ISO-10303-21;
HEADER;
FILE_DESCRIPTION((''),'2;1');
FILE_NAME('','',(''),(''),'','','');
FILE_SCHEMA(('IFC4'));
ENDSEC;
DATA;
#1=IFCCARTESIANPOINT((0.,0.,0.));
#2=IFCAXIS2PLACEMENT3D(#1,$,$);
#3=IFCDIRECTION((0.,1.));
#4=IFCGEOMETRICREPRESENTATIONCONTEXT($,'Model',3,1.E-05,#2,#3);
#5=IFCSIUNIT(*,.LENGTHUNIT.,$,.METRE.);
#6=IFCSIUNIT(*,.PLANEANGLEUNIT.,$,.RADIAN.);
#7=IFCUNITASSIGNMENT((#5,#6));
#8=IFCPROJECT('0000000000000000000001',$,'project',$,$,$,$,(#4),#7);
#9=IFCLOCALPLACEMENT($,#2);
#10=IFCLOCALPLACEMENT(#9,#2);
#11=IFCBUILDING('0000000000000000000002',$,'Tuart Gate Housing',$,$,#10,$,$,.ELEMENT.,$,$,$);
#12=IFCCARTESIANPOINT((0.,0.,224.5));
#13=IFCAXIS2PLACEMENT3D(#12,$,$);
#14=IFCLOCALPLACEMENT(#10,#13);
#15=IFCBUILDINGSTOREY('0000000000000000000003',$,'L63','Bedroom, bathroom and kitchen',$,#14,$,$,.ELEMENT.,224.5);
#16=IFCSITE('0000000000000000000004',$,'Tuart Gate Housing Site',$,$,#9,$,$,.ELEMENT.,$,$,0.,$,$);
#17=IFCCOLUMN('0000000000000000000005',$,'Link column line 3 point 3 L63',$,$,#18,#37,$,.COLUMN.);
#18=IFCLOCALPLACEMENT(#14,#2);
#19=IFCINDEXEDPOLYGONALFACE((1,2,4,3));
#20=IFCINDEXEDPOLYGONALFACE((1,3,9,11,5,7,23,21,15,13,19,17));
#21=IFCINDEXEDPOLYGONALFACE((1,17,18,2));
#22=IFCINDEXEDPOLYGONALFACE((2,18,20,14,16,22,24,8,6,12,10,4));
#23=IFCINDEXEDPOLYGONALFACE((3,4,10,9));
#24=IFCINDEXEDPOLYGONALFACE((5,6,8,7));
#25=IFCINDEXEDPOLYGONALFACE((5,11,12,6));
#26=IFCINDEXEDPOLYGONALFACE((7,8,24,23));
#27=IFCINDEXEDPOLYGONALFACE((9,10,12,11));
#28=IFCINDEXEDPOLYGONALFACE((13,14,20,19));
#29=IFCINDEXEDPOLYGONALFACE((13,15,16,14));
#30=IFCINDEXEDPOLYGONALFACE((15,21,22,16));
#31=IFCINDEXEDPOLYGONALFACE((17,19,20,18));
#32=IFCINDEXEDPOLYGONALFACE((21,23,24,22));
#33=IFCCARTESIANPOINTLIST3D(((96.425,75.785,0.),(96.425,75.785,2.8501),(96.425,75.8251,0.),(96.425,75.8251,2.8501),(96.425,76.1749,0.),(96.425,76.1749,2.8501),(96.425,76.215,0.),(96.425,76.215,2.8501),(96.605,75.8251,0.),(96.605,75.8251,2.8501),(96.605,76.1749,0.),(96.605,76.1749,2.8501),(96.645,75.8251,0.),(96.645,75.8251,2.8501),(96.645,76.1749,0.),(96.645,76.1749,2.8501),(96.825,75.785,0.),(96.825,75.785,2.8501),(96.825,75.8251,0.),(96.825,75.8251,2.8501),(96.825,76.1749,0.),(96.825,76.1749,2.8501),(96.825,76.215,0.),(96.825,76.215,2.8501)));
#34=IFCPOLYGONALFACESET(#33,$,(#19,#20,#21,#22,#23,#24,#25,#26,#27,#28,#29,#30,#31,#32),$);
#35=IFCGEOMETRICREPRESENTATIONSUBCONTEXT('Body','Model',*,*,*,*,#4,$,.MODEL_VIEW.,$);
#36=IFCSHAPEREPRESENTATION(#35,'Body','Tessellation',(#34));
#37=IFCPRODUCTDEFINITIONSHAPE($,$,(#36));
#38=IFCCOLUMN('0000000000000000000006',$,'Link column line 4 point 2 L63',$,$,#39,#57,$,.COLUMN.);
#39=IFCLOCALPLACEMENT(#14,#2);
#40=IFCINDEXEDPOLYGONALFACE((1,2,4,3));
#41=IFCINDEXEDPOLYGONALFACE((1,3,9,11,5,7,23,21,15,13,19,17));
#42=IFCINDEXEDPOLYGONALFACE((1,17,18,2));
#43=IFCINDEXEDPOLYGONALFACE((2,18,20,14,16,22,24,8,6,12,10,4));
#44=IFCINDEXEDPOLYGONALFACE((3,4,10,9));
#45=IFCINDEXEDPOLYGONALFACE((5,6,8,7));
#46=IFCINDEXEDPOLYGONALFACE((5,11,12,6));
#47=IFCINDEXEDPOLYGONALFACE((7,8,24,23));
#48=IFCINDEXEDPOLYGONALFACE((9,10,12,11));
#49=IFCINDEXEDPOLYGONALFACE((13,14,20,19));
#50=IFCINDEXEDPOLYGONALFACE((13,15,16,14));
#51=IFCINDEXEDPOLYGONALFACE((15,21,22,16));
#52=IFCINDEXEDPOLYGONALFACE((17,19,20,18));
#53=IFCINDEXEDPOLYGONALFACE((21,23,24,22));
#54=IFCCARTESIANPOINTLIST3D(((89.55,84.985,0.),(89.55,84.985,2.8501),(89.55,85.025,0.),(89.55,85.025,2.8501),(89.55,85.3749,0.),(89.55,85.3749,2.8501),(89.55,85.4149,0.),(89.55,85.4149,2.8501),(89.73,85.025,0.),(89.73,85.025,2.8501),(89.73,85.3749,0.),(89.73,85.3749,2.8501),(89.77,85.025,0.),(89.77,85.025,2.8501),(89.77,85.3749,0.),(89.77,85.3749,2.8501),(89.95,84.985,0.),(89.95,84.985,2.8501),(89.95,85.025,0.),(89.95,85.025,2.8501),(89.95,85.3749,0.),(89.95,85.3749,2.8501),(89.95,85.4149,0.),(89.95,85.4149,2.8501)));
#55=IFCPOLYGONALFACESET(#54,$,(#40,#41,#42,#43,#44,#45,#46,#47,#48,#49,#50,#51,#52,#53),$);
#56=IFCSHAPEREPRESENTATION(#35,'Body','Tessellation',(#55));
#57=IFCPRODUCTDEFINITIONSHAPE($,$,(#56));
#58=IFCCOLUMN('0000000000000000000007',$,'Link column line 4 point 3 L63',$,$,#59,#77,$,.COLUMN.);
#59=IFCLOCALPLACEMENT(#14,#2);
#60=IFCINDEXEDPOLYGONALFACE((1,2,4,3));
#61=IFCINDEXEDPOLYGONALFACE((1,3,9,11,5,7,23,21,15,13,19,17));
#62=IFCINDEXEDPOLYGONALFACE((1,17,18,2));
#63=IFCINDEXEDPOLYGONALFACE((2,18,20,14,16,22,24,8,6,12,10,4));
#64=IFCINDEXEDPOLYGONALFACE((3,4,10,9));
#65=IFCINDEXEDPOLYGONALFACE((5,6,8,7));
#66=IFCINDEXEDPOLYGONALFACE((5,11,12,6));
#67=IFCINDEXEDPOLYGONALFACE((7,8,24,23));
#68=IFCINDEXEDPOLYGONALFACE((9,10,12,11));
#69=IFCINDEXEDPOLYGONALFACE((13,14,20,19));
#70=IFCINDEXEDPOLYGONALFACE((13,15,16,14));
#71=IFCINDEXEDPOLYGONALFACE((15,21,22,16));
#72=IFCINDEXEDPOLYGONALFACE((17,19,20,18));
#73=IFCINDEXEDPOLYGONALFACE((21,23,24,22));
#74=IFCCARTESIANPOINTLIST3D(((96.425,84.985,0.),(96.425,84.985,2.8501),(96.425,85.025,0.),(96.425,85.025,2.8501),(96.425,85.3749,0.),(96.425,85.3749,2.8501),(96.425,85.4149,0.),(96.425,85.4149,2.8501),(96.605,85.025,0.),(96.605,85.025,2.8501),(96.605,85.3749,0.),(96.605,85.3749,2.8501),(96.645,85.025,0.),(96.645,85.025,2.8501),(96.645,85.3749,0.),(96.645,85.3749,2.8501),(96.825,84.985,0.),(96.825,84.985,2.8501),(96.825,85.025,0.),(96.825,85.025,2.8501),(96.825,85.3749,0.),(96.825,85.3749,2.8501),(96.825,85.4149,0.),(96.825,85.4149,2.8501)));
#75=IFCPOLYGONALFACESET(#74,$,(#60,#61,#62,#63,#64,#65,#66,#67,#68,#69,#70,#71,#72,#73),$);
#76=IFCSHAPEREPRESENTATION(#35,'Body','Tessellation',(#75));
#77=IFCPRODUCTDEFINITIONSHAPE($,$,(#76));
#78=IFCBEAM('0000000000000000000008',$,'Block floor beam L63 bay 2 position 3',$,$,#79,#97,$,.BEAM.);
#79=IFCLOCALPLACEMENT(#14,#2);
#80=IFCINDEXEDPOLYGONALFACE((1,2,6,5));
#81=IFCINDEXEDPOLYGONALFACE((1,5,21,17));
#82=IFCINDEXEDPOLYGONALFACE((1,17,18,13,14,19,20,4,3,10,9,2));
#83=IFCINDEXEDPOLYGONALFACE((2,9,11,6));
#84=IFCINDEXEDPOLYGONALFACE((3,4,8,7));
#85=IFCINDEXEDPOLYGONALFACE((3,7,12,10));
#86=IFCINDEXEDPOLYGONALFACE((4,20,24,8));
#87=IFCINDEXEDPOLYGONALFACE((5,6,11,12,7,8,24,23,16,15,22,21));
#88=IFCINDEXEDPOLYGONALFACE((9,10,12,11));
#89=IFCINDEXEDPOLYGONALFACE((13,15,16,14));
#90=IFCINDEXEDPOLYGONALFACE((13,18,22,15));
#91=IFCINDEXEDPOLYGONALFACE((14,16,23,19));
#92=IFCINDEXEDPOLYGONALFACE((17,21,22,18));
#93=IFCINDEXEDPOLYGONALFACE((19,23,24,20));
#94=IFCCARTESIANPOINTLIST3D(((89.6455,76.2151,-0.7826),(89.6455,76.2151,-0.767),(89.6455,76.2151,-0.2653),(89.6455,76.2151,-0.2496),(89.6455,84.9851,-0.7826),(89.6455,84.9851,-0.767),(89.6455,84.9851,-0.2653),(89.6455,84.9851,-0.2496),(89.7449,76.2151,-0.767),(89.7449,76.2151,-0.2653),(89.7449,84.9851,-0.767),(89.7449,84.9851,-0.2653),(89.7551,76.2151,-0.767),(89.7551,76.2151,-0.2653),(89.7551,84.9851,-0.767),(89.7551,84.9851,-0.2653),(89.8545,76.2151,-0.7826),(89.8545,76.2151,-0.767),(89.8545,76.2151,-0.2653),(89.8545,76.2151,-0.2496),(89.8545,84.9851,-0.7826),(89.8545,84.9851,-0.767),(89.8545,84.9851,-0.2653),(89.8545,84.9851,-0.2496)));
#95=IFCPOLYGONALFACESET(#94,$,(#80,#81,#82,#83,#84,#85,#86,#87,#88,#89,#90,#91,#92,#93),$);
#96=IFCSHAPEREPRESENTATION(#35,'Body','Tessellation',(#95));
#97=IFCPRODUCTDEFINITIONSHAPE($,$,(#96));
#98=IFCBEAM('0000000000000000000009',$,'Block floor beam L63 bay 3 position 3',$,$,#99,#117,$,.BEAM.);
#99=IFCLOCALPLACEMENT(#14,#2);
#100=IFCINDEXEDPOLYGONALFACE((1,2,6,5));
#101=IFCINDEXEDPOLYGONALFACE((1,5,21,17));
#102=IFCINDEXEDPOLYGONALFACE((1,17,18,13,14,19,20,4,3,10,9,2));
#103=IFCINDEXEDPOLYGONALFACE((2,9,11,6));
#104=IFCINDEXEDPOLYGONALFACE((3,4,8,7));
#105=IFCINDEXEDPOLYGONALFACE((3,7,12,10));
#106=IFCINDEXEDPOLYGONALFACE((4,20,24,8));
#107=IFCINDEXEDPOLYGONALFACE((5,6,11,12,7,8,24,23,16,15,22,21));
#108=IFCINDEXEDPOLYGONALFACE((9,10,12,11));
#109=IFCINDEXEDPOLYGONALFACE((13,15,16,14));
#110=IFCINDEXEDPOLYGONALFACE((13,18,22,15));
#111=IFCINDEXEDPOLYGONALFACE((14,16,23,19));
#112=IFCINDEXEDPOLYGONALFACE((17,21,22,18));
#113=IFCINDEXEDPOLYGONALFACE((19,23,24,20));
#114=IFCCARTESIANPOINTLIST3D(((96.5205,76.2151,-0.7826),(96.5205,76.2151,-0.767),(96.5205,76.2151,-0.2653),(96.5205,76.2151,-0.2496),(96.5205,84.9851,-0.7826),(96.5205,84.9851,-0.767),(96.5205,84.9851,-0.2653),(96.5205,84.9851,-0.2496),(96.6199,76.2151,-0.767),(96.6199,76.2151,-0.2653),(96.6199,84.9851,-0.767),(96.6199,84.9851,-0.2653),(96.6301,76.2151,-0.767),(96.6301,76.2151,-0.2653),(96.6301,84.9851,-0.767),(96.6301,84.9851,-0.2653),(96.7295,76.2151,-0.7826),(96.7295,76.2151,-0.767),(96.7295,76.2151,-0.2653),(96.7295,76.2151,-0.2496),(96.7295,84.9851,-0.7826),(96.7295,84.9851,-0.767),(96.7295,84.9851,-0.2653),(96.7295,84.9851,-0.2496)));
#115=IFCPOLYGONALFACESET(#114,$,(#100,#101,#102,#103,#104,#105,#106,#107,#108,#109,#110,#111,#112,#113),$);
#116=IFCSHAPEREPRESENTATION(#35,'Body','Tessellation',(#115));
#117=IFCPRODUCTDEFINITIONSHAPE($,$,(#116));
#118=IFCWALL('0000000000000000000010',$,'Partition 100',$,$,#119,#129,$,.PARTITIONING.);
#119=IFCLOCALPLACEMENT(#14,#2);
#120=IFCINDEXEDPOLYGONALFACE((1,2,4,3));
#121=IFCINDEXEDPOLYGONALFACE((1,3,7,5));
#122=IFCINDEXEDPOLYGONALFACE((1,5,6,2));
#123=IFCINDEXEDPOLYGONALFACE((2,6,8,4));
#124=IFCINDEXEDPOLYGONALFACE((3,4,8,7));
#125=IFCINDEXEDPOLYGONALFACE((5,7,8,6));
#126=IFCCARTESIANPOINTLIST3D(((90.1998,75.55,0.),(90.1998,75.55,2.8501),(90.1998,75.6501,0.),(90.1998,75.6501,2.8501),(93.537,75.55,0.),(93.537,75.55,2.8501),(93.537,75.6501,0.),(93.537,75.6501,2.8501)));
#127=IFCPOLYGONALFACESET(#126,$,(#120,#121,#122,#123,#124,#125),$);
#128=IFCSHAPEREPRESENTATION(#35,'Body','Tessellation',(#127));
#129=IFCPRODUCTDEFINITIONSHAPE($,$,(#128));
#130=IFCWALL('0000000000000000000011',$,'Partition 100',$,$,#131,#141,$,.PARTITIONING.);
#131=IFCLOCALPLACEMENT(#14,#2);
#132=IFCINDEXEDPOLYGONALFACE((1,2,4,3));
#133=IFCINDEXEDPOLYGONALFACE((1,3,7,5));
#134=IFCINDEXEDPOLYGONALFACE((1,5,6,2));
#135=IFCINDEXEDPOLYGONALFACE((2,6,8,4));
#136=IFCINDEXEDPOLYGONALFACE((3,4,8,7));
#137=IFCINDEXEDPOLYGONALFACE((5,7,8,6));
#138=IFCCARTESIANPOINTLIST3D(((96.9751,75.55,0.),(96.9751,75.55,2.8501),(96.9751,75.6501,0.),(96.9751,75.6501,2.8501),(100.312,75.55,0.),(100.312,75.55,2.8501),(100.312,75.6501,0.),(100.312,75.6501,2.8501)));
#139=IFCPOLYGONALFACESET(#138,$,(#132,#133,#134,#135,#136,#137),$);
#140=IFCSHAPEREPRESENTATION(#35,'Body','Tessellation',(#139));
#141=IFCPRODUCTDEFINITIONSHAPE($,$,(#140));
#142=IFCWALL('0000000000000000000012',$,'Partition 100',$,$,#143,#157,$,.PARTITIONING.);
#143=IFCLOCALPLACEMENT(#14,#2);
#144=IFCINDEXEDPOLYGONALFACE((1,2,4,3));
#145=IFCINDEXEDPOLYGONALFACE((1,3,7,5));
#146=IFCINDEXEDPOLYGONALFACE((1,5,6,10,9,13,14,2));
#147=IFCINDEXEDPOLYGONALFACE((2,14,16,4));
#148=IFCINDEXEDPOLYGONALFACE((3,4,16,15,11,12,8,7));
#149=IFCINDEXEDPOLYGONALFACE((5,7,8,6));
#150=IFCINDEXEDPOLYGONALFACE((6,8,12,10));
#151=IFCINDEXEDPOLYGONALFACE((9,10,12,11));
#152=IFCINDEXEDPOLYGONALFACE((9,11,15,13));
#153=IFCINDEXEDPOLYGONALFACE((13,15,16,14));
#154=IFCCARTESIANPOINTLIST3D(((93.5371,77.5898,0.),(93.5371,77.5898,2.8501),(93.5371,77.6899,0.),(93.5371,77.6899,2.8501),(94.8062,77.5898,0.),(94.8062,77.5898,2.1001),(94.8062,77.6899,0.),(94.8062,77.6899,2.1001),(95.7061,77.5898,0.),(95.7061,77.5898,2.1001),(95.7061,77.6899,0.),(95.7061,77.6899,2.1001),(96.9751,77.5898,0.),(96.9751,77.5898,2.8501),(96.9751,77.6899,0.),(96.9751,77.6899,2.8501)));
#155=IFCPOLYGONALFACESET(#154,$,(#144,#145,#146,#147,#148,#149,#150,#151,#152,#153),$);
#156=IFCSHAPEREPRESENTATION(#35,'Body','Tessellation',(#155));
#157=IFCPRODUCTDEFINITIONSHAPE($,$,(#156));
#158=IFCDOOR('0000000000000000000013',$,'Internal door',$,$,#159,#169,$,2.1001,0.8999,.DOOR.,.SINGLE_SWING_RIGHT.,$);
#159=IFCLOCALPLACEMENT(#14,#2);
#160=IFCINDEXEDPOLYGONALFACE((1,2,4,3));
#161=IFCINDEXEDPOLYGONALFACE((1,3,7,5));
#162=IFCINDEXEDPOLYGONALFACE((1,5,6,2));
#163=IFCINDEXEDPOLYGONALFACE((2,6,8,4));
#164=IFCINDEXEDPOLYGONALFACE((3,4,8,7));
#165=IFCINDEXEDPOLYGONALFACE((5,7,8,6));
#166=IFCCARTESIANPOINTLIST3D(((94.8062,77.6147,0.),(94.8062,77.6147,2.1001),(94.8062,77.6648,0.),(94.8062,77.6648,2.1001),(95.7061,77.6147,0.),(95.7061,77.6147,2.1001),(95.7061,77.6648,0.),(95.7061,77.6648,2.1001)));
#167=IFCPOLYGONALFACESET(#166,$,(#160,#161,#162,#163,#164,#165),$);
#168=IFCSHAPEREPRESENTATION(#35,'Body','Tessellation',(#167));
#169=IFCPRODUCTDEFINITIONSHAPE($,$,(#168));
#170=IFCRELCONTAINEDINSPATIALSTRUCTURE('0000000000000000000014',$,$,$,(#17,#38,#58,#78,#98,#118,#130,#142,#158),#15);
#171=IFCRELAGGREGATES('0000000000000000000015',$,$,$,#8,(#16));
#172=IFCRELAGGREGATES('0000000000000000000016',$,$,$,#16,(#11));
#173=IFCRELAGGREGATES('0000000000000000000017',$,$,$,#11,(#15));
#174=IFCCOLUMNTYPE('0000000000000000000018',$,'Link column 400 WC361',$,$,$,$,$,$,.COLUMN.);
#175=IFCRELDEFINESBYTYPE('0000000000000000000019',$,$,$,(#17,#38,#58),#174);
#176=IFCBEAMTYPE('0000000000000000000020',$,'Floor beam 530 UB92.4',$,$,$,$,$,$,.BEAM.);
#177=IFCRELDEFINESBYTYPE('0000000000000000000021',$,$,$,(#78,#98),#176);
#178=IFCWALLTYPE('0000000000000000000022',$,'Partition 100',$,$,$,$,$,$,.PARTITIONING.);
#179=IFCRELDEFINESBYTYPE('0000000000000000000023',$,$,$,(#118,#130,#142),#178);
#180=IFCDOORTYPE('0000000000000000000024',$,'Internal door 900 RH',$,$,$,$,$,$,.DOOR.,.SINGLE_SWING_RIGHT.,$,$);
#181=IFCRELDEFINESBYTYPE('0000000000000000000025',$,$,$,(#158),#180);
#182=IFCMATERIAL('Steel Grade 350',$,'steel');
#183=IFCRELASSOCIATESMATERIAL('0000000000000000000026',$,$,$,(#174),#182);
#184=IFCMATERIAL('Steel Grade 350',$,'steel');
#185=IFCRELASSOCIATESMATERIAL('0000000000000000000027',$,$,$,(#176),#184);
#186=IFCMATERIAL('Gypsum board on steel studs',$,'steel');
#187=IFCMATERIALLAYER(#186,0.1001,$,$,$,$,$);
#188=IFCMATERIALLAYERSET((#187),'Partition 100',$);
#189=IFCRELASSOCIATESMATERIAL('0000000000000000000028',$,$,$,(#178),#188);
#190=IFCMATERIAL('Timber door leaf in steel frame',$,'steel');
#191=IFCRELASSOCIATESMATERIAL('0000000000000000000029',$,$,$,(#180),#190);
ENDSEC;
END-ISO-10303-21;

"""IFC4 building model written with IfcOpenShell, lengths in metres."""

from ifc_helpers import new_model, si_unit, direction, frame, frame_2d, origin, origin_2d, place, context, subcontext, project, spatial, rectangle, i_section, extrude, material, layer, layer_set, material_profile, profile_set, type_object, element, fill, save


model = new_model("IFC4")

# Units and contexts
model_context = context("Model", 3, precision=1e-05, world=origin(), true_north=direction((0.0, 1.0)))
body_context = subcontext(model_context, "Body", "Model", "MODEL_VIEW")
ifc_project = project(units=[si_unit("LENGTHUNIT", "METRE"), si_unit("PLANEANGLEUNIT", "RADIAN")], contexts=[model_context])

# Site, building, storey
site_placement = place(None, origin())
site = spatial("IfcSite", under=ifc_project, at=site_placement, Name="Tuart Gate Housing Site", CompositionType="ELEMENT", RefElevation=0.0)
building_placement = place(site_placement, origin())
building = spatial("IfcBuilding", under=site, at=building_placement, Name="Tuart Gate Housing", CompositionType="ELEMENT")
storey_placement = place(building_placement, frame((0.0, 0.0, 224.5)))
storey = spatial("IfcBuildingStorey", under=building, at=storey_placement, Name="L63", Description="Bedroom, bathroom and kitchen", CompositionType="ELEMENT", Elevation=224.5)

# Columns
ifc_material_1 = material(Name="Steel Grade 350", Category="steel")
ifc_material_profile_1 = material_profile(ifc_material_1, i_section(OverallWidth=0.3999, OverallDepth=0.4299, WebThickness=0.04, FlangeThickness=0.04, at=origin_2d()), Name="400WC361")
ifc_profile_set_1 = profile_set([ifc_material_profile_1], Name="Steel Grade 350")
column_type = type_object("IfcColumnType", Name="Link column 400 WC361", PredefinedType="COLUMN", material=ifc_profile_set_1)
for number, where, z_axis, x_axis, name in (
    (1, (96.625, 76.0, 0.0), (0.0, 0.0, 1.0), (1.0, 0.0, 0.0), "Link column line 3 point 3 L63"),
    (2, (89.75, 85.2, 0.0), (0.0, 0.0, 1.0), (1.0, 0.0, 0.0), "Link column line 4 point 2 L63"),
    (3, (96.625, 85.2, 0.0), (0.0, 0.0, 1.0), (1.0, 0.0, 0.0), "Link column line 4 point 3 L63"),
):
    element("IfcColumn", number, at=place(storey_placement, frame(where, z_axis=z_axis, x_axis=x_axis)), inside=storey, type_object=column_type, Name=name, PredefinedType="COLUMN", context=body_context, shape_type="SweptSolid", body=[
        extrude(i_section(OverallWidth=0.3999, OverallDepth=0.4299, WebThickness=0.04, FlangeThickness=0.04, at=origin_2d()), origin(), (0.0, 0.0, 1.0), 2.8501),
    ])

# Beams
ifc_material_2 = material(Name="Steel Grade 350", Category="steel")
ifc_material_profile_2 = material_profile(ifc_material_2, i_section(OverallWidth=0.209, OverallDepth=0.533, WebThickness=0.0103, FlangeThickness=0.0156, at=origin_2d()), Name="530UB92.4")
ifc_profile_set_2 = profile_set([ifc_material_profile_2], Name="Steel Grade 350")
beam_type = type_object("IfcBeamType", Name="Floor beam 530 UB92.4", PredefinedType="BEAM", material=ifc_profile_set_2)
for number, where, z_axis, x_axis, name in (
    (4, (89.75, 76.2151, -0.5161), (0.0, 1.0, 0.0), (-1.0, 0.0, 0.0), "Block floor beam L63 bay 2 position 3"),
    (5, (96.625, 76.2151, -0.5161), (0.0, 1.0, 0.0), (-1.0, 0.0, 0.0), "Block floor beam L63 bay 3 position 3"),
):
    element("IfcBeam", number, at=place(storey_placement, frame(where, z_axis=z_axis, x_axis=x_axis)), inside=storey, type_object=beam_type, Name=name, PredefinedType="BEAM", context=body_context, shape_type="SweptSolid", body=[
        extrude(i_section(OverallWidth=0.209, OverallDepth=0.533, WebThickness=0.0103, FlangeThickness=0.0156, at=origin_2d()), origin(), (0.0, 0.0, 1.0), 8.77),
    ])

# Walls
ifc_material_3 = material(Name="Gypsum board on steel studs", Category="steel")
ifc_layer_1 = layer(ifc_material_3, 0.1001)
ifc_layer_set_1 = layer_set([ifc_layer_1], Name="Partition 100")
wall_type_1 = type_object("IfcWallType", Name="Partition 100", PredefinedType="PARTITIONING", material=ifc_layer_set_1)
wall_1_placement = place(storey_placement, frame((90.2, 75.6001, 0.0), z_axis=(0.0, 0.0, 1.0), x_axis=(1.0, 0.0, 0.0)))
element("IfcWall", 6, at=wall_1_placement, inside=storey, type_object=wall_type_1, Name="Partition 100", PredefinedType="PARTITIONING", context=body_context, shape_type="SweptSolid", body=[
    extrude(rectangle(XDim=3.3372, YDim=0.1001, at=frame_2d((1.6685, 0.0))), origin(), (0.0, 0.0, 1.0), 2.8501),
])
wall_2_placement = place(storey_placement, frame((96.9751, 75.6001, 0.0), z_axis=(0.0, 0.0, 1.0), x_axis=(1.0, 0.0, 0.0)))
element("IfcWall", 7, at=wall_2_placement, inside=storey, type_object=wall_type_1, Name="Partition 100", PredefinedType="PARTITIONING", context=body_context, shape_type="SweptSolid", body=[
    extrude(rectangle(XDim=3.3369, YDim=0.1001, at=frame_2d((1.6685, 0.0))), origin(), (0.0, 0.0, 1.0), 2.8501),
])

# Wall, opening, door
wall_3_placement = place(storey_placement, frame((93.5371, 77.6399, 0.0), z_axis=(0.0, 0.0, 1.0), x_axis=(1.0, 0.0, 0.0)))
wall_3 = element("IfcWall", 8, at=wall_3_placement, inside=storey, type_object=wall_type_1, Name="Partition 100", PredefinedType="PARTITIONING", context=body_context, shape_type="SweptSolid", body=[
    extrude(rectangle(XDim=3.438, YDim=0.1001, at=frame_2d((1.719, 0.0))), origin(), (0.0, 0.0, 1.0), 2.8501),
])
opening_1_placement = place(wall_3_placement, frame((1.269, 0.0, 0.0)))
opening_1 = element("IfcOpeningElement", 9, at=opening_1_placement, cuts=wall_3, PredefinedType="OPENING", context=body_context, shape_type="SweptSolid", body=[
    extrude(rectangle(XDim=0.8999, YDim=2.1001, at=frame_2d((0.45, 1.05))), frame((0.0, 0.0601, 0.0), z_axis=(0.0, -1.0, 0.0), x_axis=(1.0, 0.0, 0.0)), (0.0, 0.0, 1.0), 0.1201),
])
ifc_material_4 = material(Name="Timber door leaf in steel frame", Category="steel")
door_type_1 = type_object("IfcDoorType", Name="Internal door 900 RH", OperationType="SINGLE_SWING_RIGHT", PredefinedType="DOOR", material=ifc_material_4)
door_1_placement = place(opening_1_placement, frame((0.8999, 0.0, 0.0), z_axis=(0.0, 0.0, 1.0), x_axis=(-1.0, 0.0, 0.0)))
door_1 = element("IfcDoor", 10, at=door_1_placement, inside=storey, type_object=door_type_1, Name="Internal door", OperationType="SINGLE_SWING_RIGHT", OverallHeight=2.1001, OverallWidth=0.8999, PredefinedType="DOOR", context=body_context, shape_type="SweptSolid", body=[
    extrude(rectangle(XDim=0.8999, YDim=2.1001, at=frame_2d((0.45, 1.05))), frame((0.0, 0.0251, 0.0), z_axis=(0.0, -1.0, 0.0), x_axis=(1.0, 0.0, 0.0)), (0.0, 0.0, 1.0), 0.05),
])
fill(opening_1, door_1)

save(model, "model.ifc")
